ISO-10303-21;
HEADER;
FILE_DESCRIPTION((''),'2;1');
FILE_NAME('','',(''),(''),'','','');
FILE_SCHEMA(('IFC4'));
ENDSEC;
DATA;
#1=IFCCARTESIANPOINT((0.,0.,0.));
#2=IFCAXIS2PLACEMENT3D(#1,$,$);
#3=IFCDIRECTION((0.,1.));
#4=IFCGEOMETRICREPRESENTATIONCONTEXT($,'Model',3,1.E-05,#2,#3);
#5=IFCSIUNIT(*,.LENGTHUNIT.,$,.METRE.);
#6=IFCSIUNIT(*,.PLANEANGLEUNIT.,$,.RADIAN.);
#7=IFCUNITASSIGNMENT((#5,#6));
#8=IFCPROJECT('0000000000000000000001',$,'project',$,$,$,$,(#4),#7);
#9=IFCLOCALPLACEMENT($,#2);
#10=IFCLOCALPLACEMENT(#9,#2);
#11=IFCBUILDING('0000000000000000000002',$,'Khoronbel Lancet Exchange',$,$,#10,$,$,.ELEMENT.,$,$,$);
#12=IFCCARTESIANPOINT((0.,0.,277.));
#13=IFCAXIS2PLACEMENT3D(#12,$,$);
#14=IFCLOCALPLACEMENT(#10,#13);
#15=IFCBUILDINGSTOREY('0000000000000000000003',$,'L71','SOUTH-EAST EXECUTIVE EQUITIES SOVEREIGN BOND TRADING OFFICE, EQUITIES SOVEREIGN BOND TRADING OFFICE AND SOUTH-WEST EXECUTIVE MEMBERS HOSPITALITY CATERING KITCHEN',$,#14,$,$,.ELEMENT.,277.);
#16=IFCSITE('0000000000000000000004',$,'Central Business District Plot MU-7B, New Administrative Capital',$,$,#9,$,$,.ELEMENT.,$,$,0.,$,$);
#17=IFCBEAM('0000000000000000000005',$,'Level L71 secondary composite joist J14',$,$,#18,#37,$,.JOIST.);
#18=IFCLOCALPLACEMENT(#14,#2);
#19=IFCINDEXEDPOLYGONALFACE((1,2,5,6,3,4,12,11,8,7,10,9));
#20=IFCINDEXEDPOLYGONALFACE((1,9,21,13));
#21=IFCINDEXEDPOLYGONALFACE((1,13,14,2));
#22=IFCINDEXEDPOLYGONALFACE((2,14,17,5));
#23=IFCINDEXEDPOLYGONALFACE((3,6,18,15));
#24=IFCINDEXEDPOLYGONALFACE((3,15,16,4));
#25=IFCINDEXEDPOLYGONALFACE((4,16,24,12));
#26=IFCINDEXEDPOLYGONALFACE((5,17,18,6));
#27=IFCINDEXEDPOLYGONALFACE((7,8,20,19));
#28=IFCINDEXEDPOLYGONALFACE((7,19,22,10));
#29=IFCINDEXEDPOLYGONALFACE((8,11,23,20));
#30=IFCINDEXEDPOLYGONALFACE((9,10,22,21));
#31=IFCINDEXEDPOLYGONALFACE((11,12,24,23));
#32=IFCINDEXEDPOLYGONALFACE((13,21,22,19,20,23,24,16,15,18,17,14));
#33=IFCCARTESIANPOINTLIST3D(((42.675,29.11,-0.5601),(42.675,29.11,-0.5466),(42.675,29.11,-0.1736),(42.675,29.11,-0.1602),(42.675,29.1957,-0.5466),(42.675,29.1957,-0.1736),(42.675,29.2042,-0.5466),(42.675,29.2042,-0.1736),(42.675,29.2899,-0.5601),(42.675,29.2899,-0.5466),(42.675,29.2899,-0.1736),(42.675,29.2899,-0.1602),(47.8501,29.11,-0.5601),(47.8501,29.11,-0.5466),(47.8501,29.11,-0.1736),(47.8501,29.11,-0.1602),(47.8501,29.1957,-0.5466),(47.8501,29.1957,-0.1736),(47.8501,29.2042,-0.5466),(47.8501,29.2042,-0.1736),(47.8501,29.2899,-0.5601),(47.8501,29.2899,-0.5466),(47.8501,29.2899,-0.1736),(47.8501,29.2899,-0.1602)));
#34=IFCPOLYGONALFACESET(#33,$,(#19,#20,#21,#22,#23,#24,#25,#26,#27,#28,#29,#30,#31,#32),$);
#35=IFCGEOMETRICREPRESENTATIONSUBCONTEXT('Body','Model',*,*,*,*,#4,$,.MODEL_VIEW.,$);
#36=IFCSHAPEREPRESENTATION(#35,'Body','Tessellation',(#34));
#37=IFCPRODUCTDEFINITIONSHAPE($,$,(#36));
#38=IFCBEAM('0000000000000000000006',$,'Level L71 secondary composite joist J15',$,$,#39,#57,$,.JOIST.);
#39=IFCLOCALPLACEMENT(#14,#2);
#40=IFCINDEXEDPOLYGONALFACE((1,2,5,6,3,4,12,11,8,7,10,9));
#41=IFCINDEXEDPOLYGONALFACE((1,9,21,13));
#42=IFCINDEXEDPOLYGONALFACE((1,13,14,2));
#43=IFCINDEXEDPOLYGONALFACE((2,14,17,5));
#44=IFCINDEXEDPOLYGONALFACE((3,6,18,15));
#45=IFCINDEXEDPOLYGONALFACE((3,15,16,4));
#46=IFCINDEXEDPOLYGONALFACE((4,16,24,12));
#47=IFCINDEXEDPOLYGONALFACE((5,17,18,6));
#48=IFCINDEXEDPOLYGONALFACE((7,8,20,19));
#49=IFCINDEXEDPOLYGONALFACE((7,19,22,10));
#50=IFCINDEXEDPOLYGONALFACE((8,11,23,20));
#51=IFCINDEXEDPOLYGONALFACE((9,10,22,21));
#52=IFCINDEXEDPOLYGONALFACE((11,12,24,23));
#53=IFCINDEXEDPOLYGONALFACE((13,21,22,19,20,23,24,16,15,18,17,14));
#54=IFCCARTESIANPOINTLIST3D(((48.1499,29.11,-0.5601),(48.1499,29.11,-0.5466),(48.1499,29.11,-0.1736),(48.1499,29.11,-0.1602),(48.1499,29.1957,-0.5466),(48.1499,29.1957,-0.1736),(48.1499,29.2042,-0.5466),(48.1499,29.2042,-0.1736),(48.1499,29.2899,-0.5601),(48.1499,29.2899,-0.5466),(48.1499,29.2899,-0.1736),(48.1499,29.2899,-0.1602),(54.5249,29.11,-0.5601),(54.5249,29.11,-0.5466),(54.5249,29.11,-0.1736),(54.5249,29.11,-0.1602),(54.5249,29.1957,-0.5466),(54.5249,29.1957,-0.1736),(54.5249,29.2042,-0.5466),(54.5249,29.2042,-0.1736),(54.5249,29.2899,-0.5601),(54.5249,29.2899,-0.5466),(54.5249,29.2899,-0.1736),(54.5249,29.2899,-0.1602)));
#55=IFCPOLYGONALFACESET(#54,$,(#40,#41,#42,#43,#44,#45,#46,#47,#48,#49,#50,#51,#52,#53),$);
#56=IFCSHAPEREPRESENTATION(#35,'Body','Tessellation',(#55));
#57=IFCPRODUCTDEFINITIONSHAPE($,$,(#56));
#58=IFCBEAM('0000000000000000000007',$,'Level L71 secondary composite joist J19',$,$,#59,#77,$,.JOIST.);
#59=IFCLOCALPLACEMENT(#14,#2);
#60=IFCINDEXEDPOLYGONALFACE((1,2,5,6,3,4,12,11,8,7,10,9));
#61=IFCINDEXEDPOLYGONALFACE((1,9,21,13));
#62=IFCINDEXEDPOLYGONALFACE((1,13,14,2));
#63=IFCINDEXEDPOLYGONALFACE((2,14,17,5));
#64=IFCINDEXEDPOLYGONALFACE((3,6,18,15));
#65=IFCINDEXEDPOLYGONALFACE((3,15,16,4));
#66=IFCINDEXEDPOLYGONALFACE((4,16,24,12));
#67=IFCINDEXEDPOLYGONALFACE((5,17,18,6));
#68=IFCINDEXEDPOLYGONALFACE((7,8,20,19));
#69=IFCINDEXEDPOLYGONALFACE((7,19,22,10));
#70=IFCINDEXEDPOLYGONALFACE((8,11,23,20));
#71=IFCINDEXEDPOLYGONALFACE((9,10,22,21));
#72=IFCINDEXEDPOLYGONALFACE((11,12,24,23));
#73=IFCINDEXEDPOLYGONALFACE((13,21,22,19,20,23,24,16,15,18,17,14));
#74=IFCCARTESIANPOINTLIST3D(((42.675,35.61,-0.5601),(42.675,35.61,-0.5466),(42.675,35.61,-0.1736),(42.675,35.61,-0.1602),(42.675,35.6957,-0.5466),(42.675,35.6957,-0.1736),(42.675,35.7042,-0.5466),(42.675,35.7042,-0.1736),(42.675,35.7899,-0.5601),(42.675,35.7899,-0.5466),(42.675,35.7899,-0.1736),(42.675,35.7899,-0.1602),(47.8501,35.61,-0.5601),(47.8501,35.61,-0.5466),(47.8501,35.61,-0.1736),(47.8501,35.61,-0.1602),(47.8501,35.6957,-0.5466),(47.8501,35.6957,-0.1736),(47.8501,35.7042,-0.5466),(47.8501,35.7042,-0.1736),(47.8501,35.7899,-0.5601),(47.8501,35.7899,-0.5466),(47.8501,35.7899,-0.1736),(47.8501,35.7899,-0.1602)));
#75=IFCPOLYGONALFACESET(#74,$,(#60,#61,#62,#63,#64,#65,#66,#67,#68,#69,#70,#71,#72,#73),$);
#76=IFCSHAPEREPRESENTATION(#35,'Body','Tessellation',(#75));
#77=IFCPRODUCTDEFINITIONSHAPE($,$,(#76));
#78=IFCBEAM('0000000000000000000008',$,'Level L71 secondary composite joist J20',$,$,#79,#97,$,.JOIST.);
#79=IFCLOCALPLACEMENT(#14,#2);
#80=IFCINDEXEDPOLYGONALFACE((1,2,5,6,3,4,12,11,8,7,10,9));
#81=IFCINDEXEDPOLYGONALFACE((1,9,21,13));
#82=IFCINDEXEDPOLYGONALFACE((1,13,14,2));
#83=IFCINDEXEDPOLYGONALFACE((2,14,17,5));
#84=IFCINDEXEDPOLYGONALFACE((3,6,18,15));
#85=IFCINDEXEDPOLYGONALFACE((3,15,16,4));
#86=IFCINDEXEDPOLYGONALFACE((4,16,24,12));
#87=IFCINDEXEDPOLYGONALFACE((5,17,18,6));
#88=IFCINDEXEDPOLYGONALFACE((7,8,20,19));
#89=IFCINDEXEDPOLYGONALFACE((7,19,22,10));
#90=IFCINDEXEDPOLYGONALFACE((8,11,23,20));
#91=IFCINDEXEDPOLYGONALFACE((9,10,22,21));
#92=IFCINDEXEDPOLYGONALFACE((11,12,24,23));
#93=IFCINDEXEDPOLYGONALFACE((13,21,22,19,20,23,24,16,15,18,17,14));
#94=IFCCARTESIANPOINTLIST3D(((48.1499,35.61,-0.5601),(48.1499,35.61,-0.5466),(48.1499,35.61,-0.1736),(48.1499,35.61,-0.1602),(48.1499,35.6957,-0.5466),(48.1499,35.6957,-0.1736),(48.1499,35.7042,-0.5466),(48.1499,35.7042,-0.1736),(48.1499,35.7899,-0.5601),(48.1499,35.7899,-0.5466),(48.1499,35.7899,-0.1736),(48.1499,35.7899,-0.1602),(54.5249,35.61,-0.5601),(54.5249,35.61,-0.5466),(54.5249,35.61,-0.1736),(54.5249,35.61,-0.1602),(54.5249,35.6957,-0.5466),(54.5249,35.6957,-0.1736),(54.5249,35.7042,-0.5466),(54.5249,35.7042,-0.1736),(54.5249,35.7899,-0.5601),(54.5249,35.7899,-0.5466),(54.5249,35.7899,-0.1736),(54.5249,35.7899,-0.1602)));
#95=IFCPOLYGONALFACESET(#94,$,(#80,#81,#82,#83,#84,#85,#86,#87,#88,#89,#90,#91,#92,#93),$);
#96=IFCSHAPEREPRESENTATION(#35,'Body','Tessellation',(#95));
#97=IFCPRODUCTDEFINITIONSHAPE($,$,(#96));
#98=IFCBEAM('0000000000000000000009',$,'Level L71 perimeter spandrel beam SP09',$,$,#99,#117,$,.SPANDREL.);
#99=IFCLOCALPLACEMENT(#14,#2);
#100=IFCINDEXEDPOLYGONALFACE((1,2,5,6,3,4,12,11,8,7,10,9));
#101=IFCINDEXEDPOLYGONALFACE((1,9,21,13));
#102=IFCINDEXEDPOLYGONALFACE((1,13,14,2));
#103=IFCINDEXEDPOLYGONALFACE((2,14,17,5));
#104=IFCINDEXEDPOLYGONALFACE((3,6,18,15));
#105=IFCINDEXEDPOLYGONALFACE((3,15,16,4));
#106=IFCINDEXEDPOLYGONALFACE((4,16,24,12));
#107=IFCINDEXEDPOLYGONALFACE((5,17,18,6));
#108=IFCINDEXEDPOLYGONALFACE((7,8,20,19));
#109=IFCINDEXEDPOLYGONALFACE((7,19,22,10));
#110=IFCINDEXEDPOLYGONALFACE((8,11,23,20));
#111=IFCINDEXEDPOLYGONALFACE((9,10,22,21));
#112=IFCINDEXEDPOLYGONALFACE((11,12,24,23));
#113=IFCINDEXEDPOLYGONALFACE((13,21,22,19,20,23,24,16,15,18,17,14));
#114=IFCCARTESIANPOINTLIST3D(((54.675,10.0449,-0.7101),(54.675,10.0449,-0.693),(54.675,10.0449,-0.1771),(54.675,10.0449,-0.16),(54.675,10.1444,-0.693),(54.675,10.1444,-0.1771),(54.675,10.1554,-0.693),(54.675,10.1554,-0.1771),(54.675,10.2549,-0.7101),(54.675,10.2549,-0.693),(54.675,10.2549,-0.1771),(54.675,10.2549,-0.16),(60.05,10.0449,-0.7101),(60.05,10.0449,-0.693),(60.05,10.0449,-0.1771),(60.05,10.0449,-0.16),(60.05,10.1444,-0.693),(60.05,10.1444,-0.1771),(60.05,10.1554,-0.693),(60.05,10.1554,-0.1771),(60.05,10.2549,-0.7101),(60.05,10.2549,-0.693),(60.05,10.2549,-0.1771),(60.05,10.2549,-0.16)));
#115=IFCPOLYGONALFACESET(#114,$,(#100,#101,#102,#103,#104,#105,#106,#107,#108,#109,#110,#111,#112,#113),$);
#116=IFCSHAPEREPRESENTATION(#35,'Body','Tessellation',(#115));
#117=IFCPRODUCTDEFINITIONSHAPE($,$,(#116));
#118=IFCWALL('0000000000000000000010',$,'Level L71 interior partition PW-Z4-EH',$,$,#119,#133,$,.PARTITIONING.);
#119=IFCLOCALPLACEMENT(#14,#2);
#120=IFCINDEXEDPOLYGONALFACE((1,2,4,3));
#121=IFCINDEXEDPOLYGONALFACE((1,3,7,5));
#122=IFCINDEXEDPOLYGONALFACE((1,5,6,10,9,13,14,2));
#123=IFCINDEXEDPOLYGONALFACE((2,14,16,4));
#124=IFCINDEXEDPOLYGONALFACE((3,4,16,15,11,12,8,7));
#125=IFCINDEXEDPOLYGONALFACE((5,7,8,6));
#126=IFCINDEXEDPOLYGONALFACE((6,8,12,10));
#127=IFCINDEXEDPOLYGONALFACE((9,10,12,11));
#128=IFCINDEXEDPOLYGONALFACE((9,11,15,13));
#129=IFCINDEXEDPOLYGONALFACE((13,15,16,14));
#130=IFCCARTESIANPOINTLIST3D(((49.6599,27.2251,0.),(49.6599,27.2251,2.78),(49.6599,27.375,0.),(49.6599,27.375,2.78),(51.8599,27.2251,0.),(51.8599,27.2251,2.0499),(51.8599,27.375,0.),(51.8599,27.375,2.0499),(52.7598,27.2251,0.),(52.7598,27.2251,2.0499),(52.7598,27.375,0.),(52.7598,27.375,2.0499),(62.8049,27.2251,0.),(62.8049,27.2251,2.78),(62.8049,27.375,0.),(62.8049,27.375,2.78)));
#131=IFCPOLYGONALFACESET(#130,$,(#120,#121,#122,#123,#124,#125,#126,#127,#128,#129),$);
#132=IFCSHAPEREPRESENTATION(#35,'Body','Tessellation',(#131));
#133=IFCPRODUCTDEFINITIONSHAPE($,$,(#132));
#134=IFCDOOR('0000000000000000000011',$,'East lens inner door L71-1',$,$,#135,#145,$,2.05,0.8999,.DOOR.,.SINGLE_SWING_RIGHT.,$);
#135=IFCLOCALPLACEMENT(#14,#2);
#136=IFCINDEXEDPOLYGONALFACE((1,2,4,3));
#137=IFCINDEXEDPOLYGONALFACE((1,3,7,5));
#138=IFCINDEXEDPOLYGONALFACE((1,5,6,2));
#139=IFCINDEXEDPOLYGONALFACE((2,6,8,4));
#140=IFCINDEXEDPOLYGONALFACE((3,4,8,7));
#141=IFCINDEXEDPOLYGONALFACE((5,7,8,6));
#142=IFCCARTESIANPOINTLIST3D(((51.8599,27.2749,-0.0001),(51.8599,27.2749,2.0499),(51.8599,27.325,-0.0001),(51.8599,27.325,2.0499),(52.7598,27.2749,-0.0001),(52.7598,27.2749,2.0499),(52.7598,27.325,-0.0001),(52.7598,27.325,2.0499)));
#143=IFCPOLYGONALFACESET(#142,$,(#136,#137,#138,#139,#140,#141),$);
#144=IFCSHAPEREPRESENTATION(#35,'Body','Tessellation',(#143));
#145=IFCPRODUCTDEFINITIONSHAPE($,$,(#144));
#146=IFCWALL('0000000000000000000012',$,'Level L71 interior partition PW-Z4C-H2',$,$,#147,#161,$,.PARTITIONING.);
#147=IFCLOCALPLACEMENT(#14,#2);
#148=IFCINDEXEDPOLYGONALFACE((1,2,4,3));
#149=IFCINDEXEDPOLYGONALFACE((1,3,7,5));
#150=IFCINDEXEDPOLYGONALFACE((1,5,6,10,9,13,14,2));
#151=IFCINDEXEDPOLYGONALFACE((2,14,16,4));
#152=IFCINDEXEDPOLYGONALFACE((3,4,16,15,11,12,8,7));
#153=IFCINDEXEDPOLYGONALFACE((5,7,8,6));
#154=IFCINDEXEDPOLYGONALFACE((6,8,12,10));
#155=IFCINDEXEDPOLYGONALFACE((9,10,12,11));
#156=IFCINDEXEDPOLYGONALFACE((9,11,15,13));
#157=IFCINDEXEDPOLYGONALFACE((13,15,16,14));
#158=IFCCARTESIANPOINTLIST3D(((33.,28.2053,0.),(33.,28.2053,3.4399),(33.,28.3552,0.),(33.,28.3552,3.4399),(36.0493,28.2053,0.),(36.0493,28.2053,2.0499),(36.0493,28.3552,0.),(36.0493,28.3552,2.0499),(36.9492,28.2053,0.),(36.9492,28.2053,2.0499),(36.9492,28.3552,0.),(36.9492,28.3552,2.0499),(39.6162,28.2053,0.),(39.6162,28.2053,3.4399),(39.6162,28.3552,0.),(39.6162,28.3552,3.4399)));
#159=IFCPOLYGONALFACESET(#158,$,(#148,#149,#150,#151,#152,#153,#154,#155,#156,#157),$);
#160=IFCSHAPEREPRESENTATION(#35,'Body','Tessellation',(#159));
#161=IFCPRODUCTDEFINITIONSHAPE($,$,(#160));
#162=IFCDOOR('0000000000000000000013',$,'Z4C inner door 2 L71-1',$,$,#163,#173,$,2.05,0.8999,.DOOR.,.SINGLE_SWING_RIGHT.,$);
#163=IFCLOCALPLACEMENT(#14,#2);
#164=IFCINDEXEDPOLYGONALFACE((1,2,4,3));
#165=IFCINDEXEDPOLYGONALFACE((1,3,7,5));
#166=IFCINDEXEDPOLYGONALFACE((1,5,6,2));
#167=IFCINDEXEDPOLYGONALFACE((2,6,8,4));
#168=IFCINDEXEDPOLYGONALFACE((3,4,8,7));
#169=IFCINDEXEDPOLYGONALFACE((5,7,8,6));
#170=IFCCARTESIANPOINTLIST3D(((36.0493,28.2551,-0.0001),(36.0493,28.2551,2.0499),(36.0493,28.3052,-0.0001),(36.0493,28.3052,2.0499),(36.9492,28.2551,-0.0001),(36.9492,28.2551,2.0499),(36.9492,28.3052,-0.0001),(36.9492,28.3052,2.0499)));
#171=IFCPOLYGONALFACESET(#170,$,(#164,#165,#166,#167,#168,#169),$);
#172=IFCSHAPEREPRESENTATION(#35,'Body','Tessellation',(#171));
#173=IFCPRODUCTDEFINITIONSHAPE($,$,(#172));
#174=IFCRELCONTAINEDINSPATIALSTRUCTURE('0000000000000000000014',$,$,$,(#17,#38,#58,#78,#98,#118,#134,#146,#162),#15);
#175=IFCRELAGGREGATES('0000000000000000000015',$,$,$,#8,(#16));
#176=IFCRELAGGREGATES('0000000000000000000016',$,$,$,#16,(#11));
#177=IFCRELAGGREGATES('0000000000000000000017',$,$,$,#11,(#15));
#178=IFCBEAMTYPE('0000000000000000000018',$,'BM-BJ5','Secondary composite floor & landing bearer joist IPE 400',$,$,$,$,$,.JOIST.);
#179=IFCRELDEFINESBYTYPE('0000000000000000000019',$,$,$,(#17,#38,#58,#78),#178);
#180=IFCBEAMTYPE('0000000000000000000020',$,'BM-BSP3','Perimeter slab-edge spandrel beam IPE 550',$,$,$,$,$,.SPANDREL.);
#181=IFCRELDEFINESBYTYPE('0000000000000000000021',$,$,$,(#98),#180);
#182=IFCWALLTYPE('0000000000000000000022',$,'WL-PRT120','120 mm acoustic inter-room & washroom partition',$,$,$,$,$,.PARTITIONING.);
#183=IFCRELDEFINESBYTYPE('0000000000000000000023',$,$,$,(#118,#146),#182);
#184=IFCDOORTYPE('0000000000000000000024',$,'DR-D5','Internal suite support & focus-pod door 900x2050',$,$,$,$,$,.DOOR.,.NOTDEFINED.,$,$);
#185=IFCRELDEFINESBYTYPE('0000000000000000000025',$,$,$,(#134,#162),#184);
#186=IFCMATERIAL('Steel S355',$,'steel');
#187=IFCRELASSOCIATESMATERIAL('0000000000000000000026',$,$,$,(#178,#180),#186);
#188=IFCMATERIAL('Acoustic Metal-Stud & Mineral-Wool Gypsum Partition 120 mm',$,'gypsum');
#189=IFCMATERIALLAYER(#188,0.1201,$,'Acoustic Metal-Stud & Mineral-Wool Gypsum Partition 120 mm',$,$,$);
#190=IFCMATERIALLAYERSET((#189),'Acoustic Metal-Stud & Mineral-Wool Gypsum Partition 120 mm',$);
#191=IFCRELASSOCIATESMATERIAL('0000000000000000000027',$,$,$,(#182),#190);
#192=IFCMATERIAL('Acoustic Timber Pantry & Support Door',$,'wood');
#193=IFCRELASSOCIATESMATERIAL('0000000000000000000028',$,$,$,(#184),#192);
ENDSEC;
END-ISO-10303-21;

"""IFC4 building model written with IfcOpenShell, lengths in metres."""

from ifc_helpers import new_model, si_unit, direction, frame, frame_2d, origin, origin_2d, place, context, subcontext, project, spatial, rectangle, i_section, extrude, material, layer, layer_set, material_profile, profile_set, type_object, element, fill, save


model = new_model("IFC4")

# Units and contexts
model_context = context("Model", 3, precision=1e-05, world=origin(), true_north=direction((0.0, 1.0)))
body_context = subcontext(model_context, "Body", "Model", "MODEL_VIEW")
ifc_project = project(units=[si_unit("LENGTHUNIT", "METRE"), si_unit("PLANEANGLEUNIT", "RADIAN")], contexts=[model_context])

# Site, building, storey
site_placement = place(None, origin())
site = spatial("IfcSite", under=ifc_project, at=site_placement, Name="Central Business District Plot MU-7B, New Administrative Capital", CompositionType="ELEMENT", RefElevation=0.0)
building_placement = place(site_placement, origin())
building = spatial("IfcBuilding", under=site, at=building_placement, Name="Khoronbel Lancet Exchange", CompositionType="ELEMENT")
storey_placement = place(building_placement, frame((0.0, 0.0, 277.0)))
storey = spatial("IfcBuildingStorey", under=building, at=storey_placement, Name="L71", Description="SOUTH-EAST EXECUTIVE EQUITIES SOVEREIGN BOND TRADING OFFICE, EQUITIES SOVEREIGN BOND TRADING OFFICE AND SOUTH-WEST EXECUTIVE MEMBERS HOSPITALITY CATERING KITCHEN", CompositionType="ELEMENT", Elevation=277.0)

# Shared definitions
ifc_material_1 = material(Name="Steel S355", Category="steel")

# Beams
ifc_material_profile_1 = material_profile(ifc_material_1, i_section(OverallWidth=0.1799, OverallDepth=0.3999, WebThickness=0.0085, FlangeThickness=0.0134, at=origin_2d()), Name="IPE 400")
ifc_profile_set_1 = profile_set([ifc_material_profile_1], Name="Steel S355")
beam_type_1 = type_object("IfcBeamType", Name="BM-BJ5", Description="Secondary composite floor & landing bearer joist IPE 400", PredefinedType="JOIST", material=ifc_profile_set_1)
beam_1_placement = place(storey_placement, frame((42.675, 29.2, -0.3601), z_axis=(1.0, 0.0, 0.0), x_axis=(0.0, 1.0, 0.0)))
element("IfcBeam", 1, at=beam_1_placement, inside=storey, type_object=beam_type_1, Name="Level L71 secondary composite joist J14", PredefinedType="JOIST", context=body_context, shape_type="SweptSolid", body=[
    extrude(i_section(OverallWidth=0.1799, OverallDepth=0.3999, WebThickness=0.0085, FlangeThickness=0.0134, at=origin_2d()), origin(), (0.0, 0.0, 1.0), 5.175),
])
beam_2_placement = place(storey_placement, frame((48.1499, 29.2, -0.3601), z_axis=(1.0, 0.0, 0.0), x_axis=(0.0, 1.0, 0.0)))
element("IfcBeam", 2, at=beam_2_placement, inside=storey, type_object=beam_type_1, Name="Level L71 secondary composite joist J15", PredefinedType="JOIST", context=body_context, shape_type="SweptSolid", body=[
    extrude(i_section(OverallWidth=0.1799, OverallDepth=0.3999, WebThickness=0.0085, FlangeThickness=0.0134, at=origin_2d()), origin(), (0.0, 0.0, 1.0), 6.375),
])
beam_3_placement = place(storey_placement, frame((42.675, 35.7, -0.3601), z_axis=(1.0, 0.0, 0.0), x_axis=(0.0, 1.0, 0.0)))
element("IfcBeam", 3, at=beam_3_placement, inside=storey, type_object=beam_type_1, Name="Level L71 secondary composite joist J19", PredefinedType="JOIST", context=body_context, shape_type="SweptSolid", body=[
    extrude(i_section(OverallWidth=0.1799, OverallDepth=0.3999, WebThickness=0.0085, FlangeThickness=0.0134, at=origin_2d()), origin(), (0.0, 0.0, 1.0), 5.175),
])
beam_4_placement = place(storey_placement, frame((48.1499, 35.7, -0.3601), z_axis=(1.0, 0.0, 0.0), x_axis=(0.0, 1.0, 0.0)))
element("IfcBeam", 4, at=beam_4_placement, inside=storey, type_object=beam_type_1, Name="Level L71 secondary composite joist J20", PredefinedType="JOIST", context=body_context, shape_type="SweptSolid", body=[
    extrude(i_section(OverallWidth=0.1799, OverallDepth=0.3999, WebThickness=0.0085, FlangeThickness=0.0134, at=origin_2d()), origin(), (0.0, 0.0, 1.0), 6.375),
])
ifc_material_profile_2 = material_profile(ifc_material_1, i_section(OverallWidth=0.21, OverallDepth=0.55, WebThickness=0.011, FlangeThickness=0.0171, at=origin_2d()), Name="IPE 550")
ifc_profile_set_2 = profile_set([ifc_material_profile_2], Name="Steel S355")
beam_type_2 = type_object("IfcBeamType", Name="BM-BSP3", Description="Perimeter slab-edge spandrel beam IPE 550", PredefinedType="SPANDREL", material=ifc_profile_set_2)
beam_5_placement = place(storey_placement, frame((54.675, 10.1499, -0.4351), z_axis=(1.0, 0.0, 0.0), x_axis=(0.0, 1.0, 0.0)))
element("IfcBeam", 5, at=beam_5_placement, inside=storey, type_object=beam_type_2, Name="Level L71 perimeter spandrel beam SP09", PredefinedType="SPANDREL", context=body_context, shape_type="SweptSolid", body=[
    extrude(i_section(OverallWidth=0.21, OverallDepth=0.55, WebThickness=0.011, FlangeThickness=0.0171, at=origin_2d()), origin(), (0.0, 0.0, 1.0), 5.375),
])

# Walls, openings, doors
ifc_material_2 = material(Name="Acoustic Metal-Stud & Mineral-Wool Gypsum Partition 120 mm", Category="gypsum")
ifc_layer_1 = layer(ifc_material_2, 0.1201, Name="Acoustic Metal-Stud & Mineral-Wool Gypsum Partition 120 mm")
ifc_layer_set_1 = layer_set([ifc_layer_1], Name="Acoustic Metal-Stud & Mineral-Wool Gypsum Partition 120 mm")
wall_type_1 = type_object("IfcWallType", Name="WL-PRT120", Description="120 mm acoustic inter-room & washroom partition", PredefinedType="PARTITIONING", material=ifc_layer_set_1)
wall_1_placement = place(storey_placement, frame((49.6599, 27.3, 0.0), z_axis=(0.0, 0.0, 1.0), x_axis=(1.0, 0.0, 0.0)))
wall_1 = element("IfcWall", 6, at=wall_1_placement, inside=storey, type_object=wall_type_1, Name="Level L71 interior partition PW-Z4-EH", PredefinedType="PARTITIONING", context=body_context, shape_type="SweptSolid", body=[
    extrude(rectangle(XDim=13.145, YDim=0.1499, at=frame_2d((6.5725, 0.0))), origin(), (0.0, 0.0, 1.0), 2.78),
])
opening_1_placement = place(wall_1_placement, frame((2.2, 0.0, 0.0)))
opening_1 = element("IfcOpeningElement", 7, at=opening_1_placement, cuts=wall_1, PredefinedType="OPENING", context=body_context, shape_type="SweptSolid", body=[
    extrude(rectangle(XDim=0.8999, YDim=2.05, at=frame_2d((0.45, 1.0249))), frame((0.0, 0.085, 0.0), z_axis=(0.0, -1.0, 0.0), x_axis=(1.0, 0.0, 0.0)), (0.0, 0.0, 1.0), 0.1699),
])
ifc_material_3 = material(Name="Acoustic Timber Pantry & Support Door", Category="wood")
door_type_1 = type_object("IfcDoorType", Name="DR-D5", Description="Internal suite support & focus-pod door 900x2050", OperationType="NOTDEFINED", PredefinedType="DOOR", material=ifc_material_3)
door_1_placement = place(opening_1_placement, origin())
door_1 = element("IfcDoor", 8, at=door_1_placement, inside=storey, type_object=door_type_1, Name="East lens inner door L71-1", OperationType="SINGLE_SWING_RIGHT", OverallHeight=2.05, OverallWidth=0.8999, PredefinedType="DOOR", context=body_context, shape_type="SweptSolid", body=[
    extrude(rectangle(XDim=0.8999, YDim=2.05, at=frame_2d((0.45, 1.0249))), frame((0.0, 0.0249, 0.0), z_axis=(0.0, -1.0, 0.0), x_axis=(1.0, 0.0, 0.0)), (0.0, 0.0, 1.0), 0.05),
])
fill(opening_1, door_1)
wall_2_placement = place(storey_placement, frame((33.0, 28.2803, 0.0), z_axis=(0.0, 0.0, 1.0), x_axis=(1.0, 0.0, 0.0)))
wall_2 = element("IfcWall", 9, at=wall_2_placement, inside=storey, type_object=wall_type_1, Name="Level L71 interior partition PW-Z4C-H2", PredefinedType="PARTITIONING", context=body_context, shape_type="SweptSolid", body=[
    extrude(rectangle(XDim=6.6162, YDim=0.1499, at=frame_2d((3.3081, 0.0))), origin(), (0.0, 0.0, 1.0), 3.4399),
])
opening_2_placement = place(wall_2_placement, frame((3.0493, 0.0, 0.0)))
opening_2 = element("IfcOpeningElement", 10, at=opening_2_placement, cuts=wall_2, PredefinedType="OPENING", context=body_context, shape_type="SweptSolid", body=[
    extrude(rectangle(XDim=0.8999, YDim=2.05, at=frame_2d((0.45, 1.0249))), frame((0.0, 0.085, 0.0), z_axis=(0.0, -1.0, 0.0), x_axis=(1.0, 0.0, 0.0)), (0.0, 0.0, 1.0), 0.1699),
])
door_2_placement = place(opening_2_placement, origin())
door_2 = element("IfcDoor", 11, at=door_2_placement, inside=storey, type_object=door_type_1, Name="Z4C inner door 2 L71-1", OperationType="SINGLE_SWING_RIGHT", OverallHeight=2.05, OverallWidth=0.8999, PredefinedType="DOOR", context=body_context, shape_type="SweptSolid", body=[
    extrude(rectangle(XDim=0.8999, YDim=2.05, at=frame_2d((0.45, 1.0249))), frame((0.0, 0.0249, 0.0), z_axis=(0.0, -1.0, 0.0), x_axis=(1.0, 0.0, 0.0)), (0.0, 0.0, 1.0), 0.05),
])
fill(opening_2, door_2)

save(model, "model.ifc")
